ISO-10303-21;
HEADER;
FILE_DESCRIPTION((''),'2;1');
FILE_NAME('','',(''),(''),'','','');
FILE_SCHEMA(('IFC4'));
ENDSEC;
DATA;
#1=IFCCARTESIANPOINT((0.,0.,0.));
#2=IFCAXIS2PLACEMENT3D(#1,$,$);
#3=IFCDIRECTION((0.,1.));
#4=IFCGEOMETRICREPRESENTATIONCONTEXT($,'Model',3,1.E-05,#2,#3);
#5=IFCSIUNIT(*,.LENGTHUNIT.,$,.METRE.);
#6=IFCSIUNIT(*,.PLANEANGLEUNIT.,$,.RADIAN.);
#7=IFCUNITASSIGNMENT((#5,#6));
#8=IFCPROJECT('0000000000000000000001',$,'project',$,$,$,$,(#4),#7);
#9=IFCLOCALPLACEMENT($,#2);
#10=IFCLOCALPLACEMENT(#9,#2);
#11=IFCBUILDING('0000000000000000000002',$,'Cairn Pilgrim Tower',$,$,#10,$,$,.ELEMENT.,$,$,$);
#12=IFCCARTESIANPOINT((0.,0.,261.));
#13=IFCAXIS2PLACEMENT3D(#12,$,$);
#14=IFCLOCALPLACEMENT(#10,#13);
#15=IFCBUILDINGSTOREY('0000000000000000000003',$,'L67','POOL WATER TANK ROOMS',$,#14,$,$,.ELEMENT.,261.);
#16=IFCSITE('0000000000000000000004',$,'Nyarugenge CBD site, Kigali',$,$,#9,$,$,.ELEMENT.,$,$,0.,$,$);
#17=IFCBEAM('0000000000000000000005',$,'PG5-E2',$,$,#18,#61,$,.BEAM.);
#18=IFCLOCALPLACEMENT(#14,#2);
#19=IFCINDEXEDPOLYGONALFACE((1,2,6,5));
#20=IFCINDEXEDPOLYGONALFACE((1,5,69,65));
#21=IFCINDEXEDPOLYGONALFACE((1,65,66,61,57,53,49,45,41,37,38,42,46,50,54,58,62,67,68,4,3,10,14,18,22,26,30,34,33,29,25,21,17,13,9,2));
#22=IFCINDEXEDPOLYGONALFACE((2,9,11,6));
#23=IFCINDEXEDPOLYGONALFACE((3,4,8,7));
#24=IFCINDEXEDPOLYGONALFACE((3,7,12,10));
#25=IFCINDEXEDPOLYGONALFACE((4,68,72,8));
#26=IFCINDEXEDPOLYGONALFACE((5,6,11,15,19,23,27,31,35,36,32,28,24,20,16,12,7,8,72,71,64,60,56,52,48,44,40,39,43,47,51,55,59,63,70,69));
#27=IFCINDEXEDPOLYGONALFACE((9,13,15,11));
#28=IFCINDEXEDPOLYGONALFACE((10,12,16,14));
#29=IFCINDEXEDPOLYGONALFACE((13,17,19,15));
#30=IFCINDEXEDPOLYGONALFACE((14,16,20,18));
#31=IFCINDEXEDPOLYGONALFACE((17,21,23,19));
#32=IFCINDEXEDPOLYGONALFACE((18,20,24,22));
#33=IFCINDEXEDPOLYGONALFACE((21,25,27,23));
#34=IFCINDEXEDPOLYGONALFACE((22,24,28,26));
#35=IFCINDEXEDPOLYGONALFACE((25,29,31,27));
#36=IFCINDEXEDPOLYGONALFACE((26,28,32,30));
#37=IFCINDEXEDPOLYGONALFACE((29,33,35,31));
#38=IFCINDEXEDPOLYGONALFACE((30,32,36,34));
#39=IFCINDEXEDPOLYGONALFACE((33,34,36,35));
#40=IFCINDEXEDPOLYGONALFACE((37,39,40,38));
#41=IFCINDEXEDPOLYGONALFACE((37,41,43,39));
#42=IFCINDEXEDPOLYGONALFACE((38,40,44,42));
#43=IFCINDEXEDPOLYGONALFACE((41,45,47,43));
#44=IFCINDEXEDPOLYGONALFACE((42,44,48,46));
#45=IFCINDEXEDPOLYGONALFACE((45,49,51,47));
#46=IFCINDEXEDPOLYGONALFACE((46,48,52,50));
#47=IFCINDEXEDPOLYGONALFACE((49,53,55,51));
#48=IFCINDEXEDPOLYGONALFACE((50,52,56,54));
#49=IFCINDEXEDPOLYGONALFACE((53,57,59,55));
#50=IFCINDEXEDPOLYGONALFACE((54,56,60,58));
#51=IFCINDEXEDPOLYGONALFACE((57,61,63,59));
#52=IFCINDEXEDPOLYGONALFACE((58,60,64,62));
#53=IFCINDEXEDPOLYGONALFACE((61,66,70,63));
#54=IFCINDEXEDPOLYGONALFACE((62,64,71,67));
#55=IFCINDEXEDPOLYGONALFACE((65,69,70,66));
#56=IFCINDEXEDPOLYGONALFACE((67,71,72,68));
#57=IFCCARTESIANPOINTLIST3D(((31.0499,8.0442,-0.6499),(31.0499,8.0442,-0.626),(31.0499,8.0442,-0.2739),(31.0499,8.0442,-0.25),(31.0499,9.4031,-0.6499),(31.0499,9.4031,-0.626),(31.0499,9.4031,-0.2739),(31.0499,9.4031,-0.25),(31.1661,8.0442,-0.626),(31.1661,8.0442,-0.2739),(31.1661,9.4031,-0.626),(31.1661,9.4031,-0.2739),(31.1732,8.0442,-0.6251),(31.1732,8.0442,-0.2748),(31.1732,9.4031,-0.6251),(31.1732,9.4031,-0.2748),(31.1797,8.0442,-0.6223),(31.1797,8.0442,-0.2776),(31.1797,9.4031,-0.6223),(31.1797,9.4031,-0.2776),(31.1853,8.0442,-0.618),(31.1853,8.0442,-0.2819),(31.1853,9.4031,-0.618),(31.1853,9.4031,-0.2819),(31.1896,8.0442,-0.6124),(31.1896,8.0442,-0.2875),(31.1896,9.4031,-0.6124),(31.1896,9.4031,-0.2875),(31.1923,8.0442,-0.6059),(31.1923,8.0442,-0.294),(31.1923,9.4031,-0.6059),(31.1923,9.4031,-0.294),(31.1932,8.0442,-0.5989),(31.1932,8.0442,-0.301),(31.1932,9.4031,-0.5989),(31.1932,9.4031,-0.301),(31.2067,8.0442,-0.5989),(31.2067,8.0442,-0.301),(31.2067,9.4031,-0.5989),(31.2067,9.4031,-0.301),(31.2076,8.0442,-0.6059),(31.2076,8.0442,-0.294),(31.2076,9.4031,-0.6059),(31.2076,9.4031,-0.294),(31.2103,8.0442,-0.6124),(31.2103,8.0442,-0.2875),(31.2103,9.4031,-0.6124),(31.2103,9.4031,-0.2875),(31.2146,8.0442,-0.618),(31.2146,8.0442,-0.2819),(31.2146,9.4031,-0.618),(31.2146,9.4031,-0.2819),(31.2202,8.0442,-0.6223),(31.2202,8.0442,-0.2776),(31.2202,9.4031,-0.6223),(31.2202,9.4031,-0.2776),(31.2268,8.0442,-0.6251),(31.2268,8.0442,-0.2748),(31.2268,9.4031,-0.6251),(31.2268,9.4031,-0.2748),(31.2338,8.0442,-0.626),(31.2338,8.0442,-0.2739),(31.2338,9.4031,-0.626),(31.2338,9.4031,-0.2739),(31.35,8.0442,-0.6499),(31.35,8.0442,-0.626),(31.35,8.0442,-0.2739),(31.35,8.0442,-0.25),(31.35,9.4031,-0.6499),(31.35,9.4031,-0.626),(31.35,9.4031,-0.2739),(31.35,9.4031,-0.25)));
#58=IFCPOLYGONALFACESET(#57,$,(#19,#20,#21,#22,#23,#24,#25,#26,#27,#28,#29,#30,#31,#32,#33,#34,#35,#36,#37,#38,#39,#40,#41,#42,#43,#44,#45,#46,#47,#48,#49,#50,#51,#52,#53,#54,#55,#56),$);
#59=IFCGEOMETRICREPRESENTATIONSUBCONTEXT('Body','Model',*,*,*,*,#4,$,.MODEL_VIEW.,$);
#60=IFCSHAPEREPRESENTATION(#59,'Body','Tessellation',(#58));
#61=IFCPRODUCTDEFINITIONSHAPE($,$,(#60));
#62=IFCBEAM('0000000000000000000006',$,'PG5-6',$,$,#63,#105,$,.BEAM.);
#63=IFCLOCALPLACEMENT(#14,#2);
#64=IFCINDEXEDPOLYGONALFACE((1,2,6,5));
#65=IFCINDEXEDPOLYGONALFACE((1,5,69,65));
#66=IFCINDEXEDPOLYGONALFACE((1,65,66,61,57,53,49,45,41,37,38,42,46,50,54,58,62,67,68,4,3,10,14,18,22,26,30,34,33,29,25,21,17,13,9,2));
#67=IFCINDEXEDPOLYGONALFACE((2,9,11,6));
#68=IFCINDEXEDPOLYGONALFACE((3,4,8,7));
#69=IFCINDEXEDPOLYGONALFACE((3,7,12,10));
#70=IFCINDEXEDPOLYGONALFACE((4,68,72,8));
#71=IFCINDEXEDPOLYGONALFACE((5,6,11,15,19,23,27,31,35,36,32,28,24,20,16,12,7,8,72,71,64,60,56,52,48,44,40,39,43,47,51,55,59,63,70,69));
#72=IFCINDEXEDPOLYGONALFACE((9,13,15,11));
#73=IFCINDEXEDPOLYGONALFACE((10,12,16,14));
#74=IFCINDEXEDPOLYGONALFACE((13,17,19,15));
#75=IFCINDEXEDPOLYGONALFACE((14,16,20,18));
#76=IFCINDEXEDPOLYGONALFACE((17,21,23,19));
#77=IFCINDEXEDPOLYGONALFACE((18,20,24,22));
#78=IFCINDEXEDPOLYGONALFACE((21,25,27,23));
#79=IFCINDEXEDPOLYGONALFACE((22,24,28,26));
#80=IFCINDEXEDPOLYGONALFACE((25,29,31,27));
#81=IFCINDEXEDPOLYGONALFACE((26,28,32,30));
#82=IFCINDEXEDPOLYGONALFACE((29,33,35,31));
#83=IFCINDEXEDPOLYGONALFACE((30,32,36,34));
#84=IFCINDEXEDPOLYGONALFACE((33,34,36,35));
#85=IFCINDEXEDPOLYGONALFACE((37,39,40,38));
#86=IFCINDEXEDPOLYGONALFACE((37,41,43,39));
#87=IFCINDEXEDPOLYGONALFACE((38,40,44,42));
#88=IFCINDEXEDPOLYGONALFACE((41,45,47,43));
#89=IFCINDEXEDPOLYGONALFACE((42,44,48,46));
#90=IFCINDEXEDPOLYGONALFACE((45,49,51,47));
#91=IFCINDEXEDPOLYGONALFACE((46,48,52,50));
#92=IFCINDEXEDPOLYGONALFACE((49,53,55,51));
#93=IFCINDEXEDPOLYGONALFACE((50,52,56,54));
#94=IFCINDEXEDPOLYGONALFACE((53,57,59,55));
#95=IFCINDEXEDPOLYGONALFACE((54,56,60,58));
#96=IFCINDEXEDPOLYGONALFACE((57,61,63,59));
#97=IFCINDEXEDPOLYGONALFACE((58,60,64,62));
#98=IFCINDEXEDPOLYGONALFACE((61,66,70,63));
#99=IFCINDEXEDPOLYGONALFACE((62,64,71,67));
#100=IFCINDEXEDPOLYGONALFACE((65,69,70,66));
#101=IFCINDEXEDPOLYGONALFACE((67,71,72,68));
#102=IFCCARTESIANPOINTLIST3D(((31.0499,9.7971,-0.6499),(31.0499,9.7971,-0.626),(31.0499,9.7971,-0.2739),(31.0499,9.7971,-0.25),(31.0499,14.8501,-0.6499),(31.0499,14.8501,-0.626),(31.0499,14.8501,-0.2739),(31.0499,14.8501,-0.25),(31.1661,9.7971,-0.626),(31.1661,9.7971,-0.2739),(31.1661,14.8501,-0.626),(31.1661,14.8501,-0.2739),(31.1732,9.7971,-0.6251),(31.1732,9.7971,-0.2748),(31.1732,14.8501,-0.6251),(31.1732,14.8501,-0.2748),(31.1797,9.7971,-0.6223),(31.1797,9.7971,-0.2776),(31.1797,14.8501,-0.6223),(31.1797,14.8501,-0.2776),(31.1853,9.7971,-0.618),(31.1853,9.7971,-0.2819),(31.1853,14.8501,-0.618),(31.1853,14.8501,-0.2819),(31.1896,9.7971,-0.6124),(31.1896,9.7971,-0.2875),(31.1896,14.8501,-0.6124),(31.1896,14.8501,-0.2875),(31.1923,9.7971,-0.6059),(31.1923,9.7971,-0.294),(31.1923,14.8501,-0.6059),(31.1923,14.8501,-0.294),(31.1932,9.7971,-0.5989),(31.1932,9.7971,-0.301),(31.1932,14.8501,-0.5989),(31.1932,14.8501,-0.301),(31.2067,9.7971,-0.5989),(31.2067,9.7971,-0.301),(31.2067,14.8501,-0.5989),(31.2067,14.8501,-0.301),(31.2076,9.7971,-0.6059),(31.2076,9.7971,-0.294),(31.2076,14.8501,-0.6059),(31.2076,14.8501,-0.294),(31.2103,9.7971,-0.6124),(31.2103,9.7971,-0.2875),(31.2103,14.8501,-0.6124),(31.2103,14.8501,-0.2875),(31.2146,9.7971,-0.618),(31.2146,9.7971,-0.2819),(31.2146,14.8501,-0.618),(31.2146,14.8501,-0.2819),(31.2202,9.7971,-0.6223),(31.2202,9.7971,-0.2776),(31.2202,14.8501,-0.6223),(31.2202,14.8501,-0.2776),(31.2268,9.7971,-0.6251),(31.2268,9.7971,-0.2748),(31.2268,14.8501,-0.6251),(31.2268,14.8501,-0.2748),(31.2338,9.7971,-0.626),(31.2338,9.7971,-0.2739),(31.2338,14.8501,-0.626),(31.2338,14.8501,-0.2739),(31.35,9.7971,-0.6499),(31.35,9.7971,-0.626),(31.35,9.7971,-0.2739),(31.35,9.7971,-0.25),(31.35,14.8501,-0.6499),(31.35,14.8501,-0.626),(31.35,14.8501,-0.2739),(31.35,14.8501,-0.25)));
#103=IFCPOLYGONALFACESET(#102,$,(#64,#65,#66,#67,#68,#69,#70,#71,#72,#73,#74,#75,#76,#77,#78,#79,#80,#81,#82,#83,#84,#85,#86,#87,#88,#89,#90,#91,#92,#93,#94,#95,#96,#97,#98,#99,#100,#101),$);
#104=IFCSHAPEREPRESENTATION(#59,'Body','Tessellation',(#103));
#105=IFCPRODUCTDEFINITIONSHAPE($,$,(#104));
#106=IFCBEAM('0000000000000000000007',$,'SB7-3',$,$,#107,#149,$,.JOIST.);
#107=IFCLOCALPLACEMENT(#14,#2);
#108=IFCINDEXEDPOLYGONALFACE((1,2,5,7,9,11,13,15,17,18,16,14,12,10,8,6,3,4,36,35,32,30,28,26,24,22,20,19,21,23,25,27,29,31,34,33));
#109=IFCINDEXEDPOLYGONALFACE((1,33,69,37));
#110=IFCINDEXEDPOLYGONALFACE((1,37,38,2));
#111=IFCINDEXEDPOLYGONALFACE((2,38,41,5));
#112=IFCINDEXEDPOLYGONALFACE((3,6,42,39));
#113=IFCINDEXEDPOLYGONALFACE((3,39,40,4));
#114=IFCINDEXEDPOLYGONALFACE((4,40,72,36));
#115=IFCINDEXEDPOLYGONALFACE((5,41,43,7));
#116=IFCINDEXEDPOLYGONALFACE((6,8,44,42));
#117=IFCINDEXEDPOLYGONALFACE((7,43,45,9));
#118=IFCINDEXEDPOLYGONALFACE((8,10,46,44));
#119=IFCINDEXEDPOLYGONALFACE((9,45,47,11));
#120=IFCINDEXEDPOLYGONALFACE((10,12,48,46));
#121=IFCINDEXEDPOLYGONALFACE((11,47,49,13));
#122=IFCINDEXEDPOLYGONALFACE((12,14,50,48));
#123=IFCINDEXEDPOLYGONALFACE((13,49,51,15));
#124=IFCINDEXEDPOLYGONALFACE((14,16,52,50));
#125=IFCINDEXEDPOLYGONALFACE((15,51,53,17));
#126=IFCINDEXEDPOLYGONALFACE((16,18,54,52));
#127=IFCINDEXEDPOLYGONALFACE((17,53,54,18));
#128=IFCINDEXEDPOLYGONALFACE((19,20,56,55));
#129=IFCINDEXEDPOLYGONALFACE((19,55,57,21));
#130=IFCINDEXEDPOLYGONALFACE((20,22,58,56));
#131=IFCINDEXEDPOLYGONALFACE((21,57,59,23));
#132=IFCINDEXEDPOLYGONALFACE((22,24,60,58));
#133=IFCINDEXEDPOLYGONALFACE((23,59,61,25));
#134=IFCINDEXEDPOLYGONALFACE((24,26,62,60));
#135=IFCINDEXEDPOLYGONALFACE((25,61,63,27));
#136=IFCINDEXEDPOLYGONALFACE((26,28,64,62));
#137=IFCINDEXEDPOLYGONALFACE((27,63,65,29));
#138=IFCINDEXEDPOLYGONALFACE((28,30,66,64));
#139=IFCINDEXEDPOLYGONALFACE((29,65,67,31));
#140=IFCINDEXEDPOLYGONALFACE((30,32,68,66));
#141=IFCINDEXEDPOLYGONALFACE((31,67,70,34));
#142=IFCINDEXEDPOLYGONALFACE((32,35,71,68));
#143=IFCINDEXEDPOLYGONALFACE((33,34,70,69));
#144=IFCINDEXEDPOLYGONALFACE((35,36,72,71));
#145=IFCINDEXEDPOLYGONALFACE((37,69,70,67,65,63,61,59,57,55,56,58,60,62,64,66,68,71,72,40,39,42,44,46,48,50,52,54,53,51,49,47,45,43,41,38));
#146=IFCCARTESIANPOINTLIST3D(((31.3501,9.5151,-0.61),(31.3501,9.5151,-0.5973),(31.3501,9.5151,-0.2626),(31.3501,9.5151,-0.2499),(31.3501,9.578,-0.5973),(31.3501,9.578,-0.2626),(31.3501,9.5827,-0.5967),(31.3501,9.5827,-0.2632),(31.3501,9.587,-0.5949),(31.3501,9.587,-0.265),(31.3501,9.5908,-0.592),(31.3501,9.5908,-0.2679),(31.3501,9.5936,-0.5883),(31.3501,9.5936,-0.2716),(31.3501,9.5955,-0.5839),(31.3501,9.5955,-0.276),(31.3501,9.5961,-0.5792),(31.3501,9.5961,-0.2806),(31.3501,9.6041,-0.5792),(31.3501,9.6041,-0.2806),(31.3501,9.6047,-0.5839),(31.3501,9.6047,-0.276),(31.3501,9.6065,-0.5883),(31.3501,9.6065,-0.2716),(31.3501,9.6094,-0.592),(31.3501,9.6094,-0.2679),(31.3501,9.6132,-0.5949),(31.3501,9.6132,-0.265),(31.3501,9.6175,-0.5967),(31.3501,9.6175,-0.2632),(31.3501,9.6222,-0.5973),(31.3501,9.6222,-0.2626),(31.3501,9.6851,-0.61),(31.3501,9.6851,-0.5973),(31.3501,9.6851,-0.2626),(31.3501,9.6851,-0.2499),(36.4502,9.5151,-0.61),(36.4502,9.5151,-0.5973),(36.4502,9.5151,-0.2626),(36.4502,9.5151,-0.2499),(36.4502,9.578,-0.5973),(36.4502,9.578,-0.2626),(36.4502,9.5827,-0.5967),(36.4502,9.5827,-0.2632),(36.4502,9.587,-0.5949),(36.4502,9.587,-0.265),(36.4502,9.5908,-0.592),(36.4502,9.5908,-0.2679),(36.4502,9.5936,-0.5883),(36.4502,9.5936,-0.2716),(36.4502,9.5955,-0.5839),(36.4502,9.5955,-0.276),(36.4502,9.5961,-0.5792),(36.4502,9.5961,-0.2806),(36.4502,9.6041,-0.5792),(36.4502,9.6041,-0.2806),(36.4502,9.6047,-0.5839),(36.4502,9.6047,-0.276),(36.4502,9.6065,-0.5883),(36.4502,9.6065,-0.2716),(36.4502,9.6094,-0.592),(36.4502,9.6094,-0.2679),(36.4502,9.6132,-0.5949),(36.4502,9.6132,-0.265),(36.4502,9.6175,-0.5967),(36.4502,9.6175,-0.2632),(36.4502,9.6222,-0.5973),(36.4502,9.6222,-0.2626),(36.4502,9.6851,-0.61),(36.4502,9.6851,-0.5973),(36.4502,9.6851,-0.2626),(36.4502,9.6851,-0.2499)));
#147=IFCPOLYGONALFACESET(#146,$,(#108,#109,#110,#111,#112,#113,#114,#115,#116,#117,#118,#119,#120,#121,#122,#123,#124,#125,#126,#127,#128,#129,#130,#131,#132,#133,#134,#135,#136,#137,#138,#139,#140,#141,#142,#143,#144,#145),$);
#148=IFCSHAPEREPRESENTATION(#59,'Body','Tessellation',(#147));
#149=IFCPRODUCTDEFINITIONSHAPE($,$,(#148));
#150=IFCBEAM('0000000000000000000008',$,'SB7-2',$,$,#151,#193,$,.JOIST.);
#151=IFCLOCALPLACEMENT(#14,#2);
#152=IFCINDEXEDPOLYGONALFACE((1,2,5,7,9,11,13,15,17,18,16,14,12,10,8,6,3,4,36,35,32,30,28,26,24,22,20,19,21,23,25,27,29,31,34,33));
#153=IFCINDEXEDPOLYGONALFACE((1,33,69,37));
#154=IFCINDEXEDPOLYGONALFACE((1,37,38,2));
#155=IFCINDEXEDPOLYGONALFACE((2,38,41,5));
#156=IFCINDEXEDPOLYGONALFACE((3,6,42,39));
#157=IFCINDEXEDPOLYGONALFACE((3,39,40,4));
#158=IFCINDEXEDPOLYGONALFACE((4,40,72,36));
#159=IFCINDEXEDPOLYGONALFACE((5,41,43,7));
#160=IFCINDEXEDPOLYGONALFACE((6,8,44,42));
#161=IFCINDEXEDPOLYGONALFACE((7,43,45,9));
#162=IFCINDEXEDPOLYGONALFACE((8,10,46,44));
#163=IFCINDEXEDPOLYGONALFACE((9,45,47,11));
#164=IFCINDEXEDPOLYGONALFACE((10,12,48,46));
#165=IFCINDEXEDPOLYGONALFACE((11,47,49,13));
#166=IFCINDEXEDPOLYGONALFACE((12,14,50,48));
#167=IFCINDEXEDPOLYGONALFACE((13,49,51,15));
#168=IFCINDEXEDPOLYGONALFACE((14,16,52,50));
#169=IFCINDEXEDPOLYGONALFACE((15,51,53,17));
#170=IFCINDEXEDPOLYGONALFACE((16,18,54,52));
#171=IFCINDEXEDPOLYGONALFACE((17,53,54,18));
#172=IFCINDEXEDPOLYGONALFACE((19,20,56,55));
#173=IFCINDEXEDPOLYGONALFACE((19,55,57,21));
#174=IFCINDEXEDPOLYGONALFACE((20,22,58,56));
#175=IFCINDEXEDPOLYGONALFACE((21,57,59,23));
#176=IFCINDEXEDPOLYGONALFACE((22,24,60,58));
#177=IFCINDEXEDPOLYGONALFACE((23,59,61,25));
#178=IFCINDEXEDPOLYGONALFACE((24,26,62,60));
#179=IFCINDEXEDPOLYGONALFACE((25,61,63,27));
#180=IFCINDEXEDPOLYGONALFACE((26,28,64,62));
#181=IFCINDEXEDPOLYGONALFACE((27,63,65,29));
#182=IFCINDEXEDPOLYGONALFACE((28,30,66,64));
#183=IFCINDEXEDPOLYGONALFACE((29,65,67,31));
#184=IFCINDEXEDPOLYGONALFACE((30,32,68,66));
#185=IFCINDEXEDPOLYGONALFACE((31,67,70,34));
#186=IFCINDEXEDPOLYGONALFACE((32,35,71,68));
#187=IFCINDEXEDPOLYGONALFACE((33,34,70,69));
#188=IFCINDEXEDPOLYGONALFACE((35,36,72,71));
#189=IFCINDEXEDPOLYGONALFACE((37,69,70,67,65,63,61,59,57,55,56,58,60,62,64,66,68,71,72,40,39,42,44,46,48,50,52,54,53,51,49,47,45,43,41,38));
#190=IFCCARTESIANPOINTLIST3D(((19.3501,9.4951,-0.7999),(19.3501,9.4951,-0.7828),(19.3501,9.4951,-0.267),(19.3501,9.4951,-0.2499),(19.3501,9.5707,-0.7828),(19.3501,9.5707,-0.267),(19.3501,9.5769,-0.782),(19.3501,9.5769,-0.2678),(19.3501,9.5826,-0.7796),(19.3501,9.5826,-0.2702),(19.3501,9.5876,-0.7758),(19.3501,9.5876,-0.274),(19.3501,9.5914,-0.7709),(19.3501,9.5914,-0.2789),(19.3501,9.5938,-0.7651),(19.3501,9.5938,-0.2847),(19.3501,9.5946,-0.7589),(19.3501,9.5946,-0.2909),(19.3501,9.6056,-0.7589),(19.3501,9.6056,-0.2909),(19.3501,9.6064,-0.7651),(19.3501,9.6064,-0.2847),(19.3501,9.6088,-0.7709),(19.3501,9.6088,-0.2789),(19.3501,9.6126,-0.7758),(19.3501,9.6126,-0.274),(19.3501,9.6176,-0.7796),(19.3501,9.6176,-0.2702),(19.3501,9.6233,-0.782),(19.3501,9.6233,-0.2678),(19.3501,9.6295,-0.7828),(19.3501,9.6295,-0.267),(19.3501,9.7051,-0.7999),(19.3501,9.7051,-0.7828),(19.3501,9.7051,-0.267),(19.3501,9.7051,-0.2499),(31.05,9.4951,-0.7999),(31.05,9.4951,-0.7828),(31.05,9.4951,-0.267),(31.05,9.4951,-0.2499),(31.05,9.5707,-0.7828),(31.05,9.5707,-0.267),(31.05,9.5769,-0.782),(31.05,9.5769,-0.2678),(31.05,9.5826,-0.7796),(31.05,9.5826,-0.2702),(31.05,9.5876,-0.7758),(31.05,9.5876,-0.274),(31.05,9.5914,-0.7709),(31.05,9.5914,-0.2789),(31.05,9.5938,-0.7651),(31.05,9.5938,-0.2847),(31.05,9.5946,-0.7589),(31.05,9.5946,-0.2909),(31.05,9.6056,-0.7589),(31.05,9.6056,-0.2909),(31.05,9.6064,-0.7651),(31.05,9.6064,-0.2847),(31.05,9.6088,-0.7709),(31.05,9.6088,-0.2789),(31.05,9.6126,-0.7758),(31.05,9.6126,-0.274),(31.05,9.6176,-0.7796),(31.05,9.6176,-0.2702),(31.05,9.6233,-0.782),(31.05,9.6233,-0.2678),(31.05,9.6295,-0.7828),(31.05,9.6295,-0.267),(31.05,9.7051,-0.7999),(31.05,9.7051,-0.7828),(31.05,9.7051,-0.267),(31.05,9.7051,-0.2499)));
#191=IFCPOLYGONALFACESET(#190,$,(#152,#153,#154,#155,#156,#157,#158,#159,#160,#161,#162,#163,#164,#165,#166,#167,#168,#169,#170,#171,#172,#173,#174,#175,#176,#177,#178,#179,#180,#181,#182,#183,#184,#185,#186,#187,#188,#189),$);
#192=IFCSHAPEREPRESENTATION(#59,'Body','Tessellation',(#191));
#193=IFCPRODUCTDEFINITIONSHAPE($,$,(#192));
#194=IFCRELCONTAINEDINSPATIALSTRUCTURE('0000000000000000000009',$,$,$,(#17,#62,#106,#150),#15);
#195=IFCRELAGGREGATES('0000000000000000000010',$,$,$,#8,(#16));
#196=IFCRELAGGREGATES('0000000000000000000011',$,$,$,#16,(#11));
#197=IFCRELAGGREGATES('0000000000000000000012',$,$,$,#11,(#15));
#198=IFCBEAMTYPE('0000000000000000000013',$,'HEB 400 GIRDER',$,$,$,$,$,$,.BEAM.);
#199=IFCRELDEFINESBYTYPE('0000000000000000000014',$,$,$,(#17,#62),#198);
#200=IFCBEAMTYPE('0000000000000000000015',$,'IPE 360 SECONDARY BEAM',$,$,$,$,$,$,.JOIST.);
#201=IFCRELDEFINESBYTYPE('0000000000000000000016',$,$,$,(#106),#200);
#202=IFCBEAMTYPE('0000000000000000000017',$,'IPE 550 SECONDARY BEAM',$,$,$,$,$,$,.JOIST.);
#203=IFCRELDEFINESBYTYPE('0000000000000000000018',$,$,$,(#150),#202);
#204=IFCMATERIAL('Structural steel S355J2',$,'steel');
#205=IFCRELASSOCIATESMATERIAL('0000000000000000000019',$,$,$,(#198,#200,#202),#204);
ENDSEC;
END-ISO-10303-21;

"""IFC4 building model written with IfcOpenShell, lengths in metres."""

from ifc_helpers import new_model, si_unit, direction, frame, origin, origin_2d, place, context, subcontext, project, spatial, i_section, extrude, material, material_profile, profile_set, type_object, element, save


model = new_model("IFC4")

# Units and contexts
model_context = context("Model", 3, precision=1e-05, world=origin(), true_north=direction((0.0, 1.0)))
body_context = subcontext(model_context, "Body", "Model", "MODEL_VIEW")
ifc_project = project(units=[si_unit("LENGTHUNIT", "METRE"), si_unit("PLANEANGLEUNIT", "RADIAN")], contexts=[model_context])

# Site, building, storey
site_placement = place(None, origin())
site = spatial("IfcSite", under=ifc_project, at=site_placement, Name="Nyarugenge CBD site, Kigali", CompositionType="ELEMENT", RefElevation=0.0)
building_placement = place(site_placement, origin())
building = spatial("IfcBuilding", under=site, at=building_placement, Name="Cairn Pilgrim Tower", CompositionType="ELEMENT")
storey_placement = place(building_placement, frame((0.0, 0.0, 261.0)))
storey = spatial("IfcBuildingStorey", under=building, at=storey_placement, Name="L67", Description="POOL WATER TANK ROOMS", CompositionType="ELEMENT", Elevation=261.0)

# Shared definitions
ifc_material_1 = material(Name="Structural steel S355J2", Category="steel")

# Beams
ifc_material_profile_1 = material_profile(ifc_material_1, i_section(OverallWidth=0.3, OverallDepth=0.3999, WebThickness=0.0134, FlangeThickness=0.0239, FilletRadius=0.0271, at=origin_2d()), Name="HEB 400")
ifc_profile_set_1 = profile_set([ifc_material_profile_1], Name="Structural steel S355J2")
beam_type_1 = type_object("IfcBeamType", Name="HEB 400 GIRDER", PredefinedType="BEAM", material=ifc_profile_set_1)
beam_1_placement = place(storey_placement, frame((31.2, 8.0442, -0.45), z_axis=(0.0, 1.0, 0.0), x_axis=(-1.0, 0.0, 0.0)))
element("IfcBeam", 1, at=beam_1_placement, inside=storey, type_object=beam_type_1, Name="PG5-E2", PredefinedType="BEAM", context=body_context, shape_type="SweptSolid", body=[
    extrude(i_section(OverallWidth=0.3, OverallDepth=0.3999, WebThickness=0.0134, FlangeThickness=0.0239, FilletRadius=0.0271, at=origin_2d()), origin(), (0.0, 0.0, 1.0), 1.3589),
])
beam_2_placement = place(storey_placement, frame((31.2, 9.7971, -0.45), z_axis=(0.0, 1.0, 0.0), x_axis=(-1.0, 0.0, 0.0)))
element("IfcBeam", 2, at=beam_2_placement, inside=storey, type_object=beam_type_1, Name="PG5-6", PredefinedType="BEAM", context=body_context, shape_type="SweptSolid", body=[
    extrude(i_section(OverallWidth=0.3, OverallDepth=0.3999, WebThickness=0.0134, FlangeThickness=0.0239, FilletRadius=0.0271, at=origin_2d()), origin(), (0.0, 0.0, 1.0), 5.053),
])
ifc_material_profile_2 = material_profile(ifc_material_1, i_section(OverallWidth=0.1699, OverallDepth=0.3601, WebThickness=0.0081, FlangeThickness=0.0127, FilletRadius=0.0181, at=origin_2d()), Name="IPE 360")
ifc_profile_set_2 = profile_set([ifc_material_profile_2], Name="Structural steel S355J2")
beam_type_2 = type_object("IfcBeamType", Name="IPE 360 SECONDARY BEAM", PredefinedType="JOIST", material=ifc_profile_set_2)
beam_3_placement = place(storey_placement, frame((31.3501, 9.6001, -0.4299), z_axis=(1.0, 0.0, 0.0), x_axis=(0.0, 1.0, 0.0)))
element("IfcBeam", 3, at=beam_3_placement, inside=storey, type_object=beam_type_2, Name="SB7-3", PredefinedType="JOIST", context=body_context, shape_type="SweptSolid", body=[
    extrude(i_section(OverallWidth=0.1699, OverallDepth=0.3601, WebThickness=0.0081, FlangeThickness=0.0127, FilletRadius=0.0181, at=origin_2d()), origin(), (0.0, 0.0, 1.0), 5.1001),
])
ifc_material_profile_3 = material_profile(ifc_material_1, i_section(OverallWidth=0.21, OverallDepth=0.55, WebThickness=0.011, FlangeThickness=0.0171, FilletRadius=0.0239, at=origin_2d()), Name="IPE 550")
ifc_profile_set_3 = profile_set([ifc_material_profile_3], Name="Structural steel S355J2")
beam_type_3 = type_object("IfcBeamType", Name="IPE 550 SECONDARY BEAM", PredefinedType="JOIST", material=ifc_profile_set_3)
beam_4_placement = place(storey_placement, frame((19.3501, 9.6001, -0.5249), z_axis=(1.0, 0.0, 0.0), x_axis=(0.0, 1.0, 0.0)))
element("IfcBeam", 4, at=beam_4_placement, inside=storey, type_object=beam_type_3, Name="SB7-2", PredefinedType="JOIST", context=body_context, shape_type="SweptSolid", body=[
    extrude(i_section(OverallWidth=0.21, OverallDepth=0.55, WebThickness=0.011, FlangeThickness=0.0171, FilletRadius=0.0239, at=origin_2d()), origin(), (0.0, 0.0, 1.0), 11.7),
])

save(model, "model.ifc")
